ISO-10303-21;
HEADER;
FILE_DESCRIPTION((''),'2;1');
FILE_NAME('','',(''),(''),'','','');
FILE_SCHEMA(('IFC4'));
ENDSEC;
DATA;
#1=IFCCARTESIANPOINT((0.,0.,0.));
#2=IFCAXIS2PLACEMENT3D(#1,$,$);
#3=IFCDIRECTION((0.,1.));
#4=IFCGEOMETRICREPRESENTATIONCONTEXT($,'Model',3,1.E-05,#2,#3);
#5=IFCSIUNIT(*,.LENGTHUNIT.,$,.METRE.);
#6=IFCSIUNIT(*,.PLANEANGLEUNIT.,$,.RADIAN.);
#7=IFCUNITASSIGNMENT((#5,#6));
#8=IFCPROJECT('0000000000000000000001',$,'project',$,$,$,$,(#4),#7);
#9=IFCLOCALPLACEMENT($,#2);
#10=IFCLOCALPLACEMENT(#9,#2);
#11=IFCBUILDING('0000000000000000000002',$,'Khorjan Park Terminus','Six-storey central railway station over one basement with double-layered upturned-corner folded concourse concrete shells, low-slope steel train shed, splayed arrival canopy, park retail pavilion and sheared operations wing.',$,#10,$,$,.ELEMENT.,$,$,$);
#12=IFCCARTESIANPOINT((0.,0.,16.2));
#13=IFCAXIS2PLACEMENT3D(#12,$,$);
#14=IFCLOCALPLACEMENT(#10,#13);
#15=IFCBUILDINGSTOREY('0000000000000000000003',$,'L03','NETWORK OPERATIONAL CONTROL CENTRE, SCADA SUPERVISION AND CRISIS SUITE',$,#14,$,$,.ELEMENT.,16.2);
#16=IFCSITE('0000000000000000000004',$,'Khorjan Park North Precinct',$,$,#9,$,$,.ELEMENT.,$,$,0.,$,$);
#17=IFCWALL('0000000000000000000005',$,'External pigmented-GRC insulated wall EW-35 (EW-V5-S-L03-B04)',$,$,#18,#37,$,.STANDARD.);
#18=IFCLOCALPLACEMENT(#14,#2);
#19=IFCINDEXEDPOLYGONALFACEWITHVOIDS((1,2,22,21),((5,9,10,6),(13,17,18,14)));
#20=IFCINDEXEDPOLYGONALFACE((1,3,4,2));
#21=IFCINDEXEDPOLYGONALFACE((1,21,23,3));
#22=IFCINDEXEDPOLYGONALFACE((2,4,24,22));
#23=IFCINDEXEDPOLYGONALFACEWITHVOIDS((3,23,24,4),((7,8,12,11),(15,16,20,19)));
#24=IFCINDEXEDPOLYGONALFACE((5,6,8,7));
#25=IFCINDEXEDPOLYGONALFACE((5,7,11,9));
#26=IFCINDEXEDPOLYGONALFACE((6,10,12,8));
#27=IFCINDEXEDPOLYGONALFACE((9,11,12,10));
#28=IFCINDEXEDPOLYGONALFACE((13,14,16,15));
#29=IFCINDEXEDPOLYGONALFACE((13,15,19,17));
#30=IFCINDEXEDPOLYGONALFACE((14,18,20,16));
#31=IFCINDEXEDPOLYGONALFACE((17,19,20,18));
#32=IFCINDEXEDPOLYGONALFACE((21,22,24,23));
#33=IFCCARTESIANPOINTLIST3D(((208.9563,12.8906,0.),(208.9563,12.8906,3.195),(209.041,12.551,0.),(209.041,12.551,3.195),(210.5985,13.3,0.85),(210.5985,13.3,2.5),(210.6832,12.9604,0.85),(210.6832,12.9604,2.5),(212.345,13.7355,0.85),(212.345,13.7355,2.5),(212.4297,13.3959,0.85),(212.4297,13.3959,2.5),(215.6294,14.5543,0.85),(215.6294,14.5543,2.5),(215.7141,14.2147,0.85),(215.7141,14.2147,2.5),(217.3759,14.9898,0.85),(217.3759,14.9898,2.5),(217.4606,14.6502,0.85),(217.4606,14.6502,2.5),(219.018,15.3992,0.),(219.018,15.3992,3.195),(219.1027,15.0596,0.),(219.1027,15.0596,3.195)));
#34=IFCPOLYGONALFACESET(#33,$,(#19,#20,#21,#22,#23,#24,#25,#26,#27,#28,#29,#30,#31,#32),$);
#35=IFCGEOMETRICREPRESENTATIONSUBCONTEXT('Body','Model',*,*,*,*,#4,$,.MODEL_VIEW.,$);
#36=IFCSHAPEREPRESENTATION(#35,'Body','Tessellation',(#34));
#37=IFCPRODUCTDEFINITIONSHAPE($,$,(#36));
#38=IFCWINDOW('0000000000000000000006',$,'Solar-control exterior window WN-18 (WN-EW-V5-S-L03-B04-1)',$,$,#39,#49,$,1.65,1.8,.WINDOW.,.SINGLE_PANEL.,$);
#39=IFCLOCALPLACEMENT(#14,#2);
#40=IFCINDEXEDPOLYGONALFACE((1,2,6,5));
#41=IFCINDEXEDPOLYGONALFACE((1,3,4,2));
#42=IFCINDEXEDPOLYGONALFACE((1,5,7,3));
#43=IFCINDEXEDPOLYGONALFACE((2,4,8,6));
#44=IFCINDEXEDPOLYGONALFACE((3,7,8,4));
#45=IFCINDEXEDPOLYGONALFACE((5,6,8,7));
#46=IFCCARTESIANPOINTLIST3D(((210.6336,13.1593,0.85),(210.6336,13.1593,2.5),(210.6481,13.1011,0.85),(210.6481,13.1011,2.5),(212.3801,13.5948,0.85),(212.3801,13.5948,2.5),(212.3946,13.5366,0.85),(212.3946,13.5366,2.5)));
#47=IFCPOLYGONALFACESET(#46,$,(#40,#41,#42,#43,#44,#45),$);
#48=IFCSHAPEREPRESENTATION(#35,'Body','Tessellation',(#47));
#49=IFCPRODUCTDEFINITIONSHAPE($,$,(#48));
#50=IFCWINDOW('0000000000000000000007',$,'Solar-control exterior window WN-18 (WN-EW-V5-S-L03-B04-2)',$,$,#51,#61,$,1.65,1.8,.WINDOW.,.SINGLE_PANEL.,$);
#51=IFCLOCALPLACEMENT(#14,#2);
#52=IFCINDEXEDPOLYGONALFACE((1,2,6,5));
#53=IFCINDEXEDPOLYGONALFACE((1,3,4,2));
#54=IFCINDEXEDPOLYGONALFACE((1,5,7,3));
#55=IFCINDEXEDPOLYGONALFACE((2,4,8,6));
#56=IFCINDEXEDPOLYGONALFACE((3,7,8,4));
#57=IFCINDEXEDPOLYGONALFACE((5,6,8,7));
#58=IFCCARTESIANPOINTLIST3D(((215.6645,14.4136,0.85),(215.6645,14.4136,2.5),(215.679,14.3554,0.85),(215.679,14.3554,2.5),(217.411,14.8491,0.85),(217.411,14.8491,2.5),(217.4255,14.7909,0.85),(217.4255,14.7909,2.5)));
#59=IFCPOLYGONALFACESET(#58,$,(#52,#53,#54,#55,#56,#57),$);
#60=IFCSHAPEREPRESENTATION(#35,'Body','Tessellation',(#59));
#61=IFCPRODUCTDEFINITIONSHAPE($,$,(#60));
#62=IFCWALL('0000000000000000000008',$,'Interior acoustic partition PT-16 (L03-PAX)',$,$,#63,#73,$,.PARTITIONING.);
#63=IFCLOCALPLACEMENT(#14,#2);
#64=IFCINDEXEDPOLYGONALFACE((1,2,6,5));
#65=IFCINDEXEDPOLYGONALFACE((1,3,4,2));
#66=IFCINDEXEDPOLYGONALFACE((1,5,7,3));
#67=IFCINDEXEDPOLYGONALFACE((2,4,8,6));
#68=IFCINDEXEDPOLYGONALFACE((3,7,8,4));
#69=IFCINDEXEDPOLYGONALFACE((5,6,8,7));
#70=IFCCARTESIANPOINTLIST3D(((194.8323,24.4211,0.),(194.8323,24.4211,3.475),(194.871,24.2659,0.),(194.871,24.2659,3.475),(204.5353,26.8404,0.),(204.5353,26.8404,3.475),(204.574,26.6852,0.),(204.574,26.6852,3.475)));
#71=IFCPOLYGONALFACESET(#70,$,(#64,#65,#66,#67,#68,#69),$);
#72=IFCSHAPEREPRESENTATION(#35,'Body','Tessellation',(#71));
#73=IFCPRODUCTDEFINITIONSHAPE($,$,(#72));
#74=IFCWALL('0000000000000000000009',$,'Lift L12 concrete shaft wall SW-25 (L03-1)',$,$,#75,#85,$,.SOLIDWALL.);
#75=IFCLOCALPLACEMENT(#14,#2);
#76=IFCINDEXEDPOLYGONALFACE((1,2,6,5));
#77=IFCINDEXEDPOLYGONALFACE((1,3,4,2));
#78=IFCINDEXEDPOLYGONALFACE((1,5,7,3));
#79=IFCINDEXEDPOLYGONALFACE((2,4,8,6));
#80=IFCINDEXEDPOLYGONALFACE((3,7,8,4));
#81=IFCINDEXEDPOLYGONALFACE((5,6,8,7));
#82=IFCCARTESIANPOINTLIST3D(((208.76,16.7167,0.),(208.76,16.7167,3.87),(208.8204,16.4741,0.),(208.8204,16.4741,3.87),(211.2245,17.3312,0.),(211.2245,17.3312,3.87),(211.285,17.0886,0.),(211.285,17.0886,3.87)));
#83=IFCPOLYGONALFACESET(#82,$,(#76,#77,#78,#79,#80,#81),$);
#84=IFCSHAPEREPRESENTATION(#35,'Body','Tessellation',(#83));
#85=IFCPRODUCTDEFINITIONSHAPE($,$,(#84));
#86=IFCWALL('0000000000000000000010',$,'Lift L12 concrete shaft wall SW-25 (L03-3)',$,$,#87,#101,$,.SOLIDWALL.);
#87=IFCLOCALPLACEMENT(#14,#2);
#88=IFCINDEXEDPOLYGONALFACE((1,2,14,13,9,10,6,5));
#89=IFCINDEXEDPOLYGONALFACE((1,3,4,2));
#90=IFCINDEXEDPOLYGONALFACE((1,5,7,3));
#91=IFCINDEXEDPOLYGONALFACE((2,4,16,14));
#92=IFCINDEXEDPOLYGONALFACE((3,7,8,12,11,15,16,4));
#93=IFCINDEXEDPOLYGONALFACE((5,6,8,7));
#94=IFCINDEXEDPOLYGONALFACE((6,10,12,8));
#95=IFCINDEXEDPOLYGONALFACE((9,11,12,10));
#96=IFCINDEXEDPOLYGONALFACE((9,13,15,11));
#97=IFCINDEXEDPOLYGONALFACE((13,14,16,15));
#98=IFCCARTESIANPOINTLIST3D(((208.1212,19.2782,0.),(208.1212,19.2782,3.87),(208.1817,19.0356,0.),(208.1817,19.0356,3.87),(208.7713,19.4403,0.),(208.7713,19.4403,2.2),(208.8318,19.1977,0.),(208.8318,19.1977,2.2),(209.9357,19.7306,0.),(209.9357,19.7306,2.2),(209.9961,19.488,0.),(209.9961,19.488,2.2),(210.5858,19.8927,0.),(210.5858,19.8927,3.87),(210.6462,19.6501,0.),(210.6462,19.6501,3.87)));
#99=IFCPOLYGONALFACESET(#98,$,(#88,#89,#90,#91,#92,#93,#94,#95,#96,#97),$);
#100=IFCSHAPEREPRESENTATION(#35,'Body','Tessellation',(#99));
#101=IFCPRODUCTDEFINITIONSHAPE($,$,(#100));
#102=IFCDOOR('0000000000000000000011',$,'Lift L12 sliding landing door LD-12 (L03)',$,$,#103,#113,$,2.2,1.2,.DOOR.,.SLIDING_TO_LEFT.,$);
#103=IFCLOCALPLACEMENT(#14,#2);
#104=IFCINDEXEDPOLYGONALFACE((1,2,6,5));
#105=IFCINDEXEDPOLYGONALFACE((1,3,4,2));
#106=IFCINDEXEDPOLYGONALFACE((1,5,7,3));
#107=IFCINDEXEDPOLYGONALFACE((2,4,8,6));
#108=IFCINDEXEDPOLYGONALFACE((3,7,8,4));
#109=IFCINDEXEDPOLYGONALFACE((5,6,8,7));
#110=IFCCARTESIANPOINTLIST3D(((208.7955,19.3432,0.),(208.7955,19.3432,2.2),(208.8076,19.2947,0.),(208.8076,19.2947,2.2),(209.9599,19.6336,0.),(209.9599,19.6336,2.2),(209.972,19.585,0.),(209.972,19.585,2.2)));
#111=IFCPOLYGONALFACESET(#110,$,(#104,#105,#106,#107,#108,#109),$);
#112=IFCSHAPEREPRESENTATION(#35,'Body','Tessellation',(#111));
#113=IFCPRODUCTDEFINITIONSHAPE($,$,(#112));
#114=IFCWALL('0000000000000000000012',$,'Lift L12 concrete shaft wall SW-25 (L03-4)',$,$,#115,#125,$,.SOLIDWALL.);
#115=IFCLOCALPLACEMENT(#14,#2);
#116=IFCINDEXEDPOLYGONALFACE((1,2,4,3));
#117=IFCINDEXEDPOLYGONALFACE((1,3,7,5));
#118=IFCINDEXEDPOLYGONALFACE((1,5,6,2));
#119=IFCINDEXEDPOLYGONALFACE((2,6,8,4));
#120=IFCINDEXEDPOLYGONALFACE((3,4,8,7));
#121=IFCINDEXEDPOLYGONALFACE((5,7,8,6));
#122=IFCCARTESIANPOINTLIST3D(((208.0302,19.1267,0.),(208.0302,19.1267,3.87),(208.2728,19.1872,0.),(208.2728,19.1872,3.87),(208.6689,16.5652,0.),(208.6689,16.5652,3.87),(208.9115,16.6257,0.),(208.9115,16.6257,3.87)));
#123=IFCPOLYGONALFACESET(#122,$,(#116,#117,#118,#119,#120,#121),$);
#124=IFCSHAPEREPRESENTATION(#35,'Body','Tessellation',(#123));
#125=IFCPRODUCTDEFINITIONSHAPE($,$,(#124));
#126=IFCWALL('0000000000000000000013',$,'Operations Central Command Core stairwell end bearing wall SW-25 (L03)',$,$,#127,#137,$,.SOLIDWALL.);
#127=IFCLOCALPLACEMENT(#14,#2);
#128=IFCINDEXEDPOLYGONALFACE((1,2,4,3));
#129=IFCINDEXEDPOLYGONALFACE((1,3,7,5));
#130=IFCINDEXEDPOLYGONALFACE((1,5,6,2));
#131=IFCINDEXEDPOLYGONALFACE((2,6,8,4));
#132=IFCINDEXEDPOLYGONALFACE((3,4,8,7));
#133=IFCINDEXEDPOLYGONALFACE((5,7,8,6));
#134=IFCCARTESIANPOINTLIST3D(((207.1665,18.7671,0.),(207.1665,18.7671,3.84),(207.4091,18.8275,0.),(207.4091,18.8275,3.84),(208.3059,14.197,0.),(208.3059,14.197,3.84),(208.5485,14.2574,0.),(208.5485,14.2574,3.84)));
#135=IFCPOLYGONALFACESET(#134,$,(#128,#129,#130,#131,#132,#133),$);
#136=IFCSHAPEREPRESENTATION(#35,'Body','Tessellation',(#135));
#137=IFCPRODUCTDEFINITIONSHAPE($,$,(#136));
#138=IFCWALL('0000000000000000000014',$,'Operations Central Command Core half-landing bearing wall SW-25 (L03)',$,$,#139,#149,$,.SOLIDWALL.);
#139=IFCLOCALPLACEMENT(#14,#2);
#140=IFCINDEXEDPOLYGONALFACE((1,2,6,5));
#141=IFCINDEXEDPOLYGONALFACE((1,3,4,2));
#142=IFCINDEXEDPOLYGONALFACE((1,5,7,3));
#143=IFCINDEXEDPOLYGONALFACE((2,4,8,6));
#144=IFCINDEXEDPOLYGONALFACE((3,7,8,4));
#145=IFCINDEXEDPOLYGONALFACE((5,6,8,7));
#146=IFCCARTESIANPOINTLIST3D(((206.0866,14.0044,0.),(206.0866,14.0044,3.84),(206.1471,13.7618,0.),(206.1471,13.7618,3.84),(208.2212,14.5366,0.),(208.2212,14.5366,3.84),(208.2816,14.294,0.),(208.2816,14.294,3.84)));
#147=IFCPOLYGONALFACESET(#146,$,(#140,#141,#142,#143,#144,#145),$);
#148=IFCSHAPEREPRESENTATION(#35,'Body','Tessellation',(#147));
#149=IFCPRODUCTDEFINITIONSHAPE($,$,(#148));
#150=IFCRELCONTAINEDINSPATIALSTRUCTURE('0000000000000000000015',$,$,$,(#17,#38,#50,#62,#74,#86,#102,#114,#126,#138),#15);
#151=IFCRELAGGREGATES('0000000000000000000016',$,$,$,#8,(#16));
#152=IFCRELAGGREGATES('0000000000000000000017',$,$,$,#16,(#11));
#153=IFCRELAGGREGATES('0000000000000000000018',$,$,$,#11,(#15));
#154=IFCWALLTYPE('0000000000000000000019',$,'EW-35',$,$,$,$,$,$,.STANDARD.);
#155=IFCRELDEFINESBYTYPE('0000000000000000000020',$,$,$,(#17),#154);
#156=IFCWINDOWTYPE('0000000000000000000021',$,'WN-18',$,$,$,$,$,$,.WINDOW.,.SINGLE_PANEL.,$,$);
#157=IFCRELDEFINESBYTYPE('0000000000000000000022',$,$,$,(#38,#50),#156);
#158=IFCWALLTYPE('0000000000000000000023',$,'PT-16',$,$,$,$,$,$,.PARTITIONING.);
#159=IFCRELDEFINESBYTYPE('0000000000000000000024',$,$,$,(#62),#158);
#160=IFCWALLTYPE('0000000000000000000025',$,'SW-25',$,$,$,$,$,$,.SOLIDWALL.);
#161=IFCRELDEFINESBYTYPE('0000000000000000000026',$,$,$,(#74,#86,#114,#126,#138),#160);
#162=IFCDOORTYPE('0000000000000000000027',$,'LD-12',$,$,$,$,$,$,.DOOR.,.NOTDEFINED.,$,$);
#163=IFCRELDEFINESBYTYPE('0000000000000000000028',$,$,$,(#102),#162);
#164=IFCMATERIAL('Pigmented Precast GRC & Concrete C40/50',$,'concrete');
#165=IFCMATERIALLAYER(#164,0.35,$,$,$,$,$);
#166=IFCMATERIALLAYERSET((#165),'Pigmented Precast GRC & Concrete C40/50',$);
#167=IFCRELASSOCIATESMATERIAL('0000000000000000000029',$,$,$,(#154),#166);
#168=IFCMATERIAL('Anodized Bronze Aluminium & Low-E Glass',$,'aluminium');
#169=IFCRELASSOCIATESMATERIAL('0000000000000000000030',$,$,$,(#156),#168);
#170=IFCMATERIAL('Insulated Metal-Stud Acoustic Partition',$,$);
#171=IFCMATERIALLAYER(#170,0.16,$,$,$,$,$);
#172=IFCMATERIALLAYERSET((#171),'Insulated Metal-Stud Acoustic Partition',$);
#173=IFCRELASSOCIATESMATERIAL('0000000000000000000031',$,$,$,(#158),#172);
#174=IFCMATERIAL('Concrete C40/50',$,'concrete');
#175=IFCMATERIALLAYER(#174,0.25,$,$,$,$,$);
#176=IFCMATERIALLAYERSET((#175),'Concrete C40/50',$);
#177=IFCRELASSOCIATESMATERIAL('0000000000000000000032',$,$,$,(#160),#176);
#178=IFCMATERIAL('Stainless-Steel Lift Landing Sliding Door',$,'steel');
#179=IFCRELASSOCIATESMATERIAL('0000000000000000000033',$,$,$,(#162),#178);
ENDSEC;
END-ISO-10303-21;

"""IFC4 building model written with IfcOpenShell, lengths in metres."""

from ifc_helpers import new_model, si_unit, direction, frame, frame_2d, origin, place, context, subcontext, project, spatial, rectangle, extrude, material, layer, layer_set, type_object, element, fill, save


model = new_model("IFC4")

# Units and contexts
model_context = context("Model", 3, precision=1e-05, world=origin(), true_north=direction((0.0, 1.0)))
body_context = subcontext(model_context, "Body", "Model", "MODEL_VIEW")
ifc_project = project(units=[si_unit("LENGTHUNIT", "METRE"), si_unit("PLANEANGLEUNIT", "RADIAN")], contexts=[model_context])

# Site, building, storey
site_placement = place(None, origin())
site = spatial("IfcSite", under=ifc_project, at=site_placement, Name="Khorjan Park North Precinct", CompositionType="ELEMENT", RefElevation=0.0)
building_placement = place(site_placement, origin())
building = spatial("IfcBuilding", under=site, at=building_placement, Name="Khorjan Park Terminus", Description="Six-storey central railway station over one basement with double-layered upturned-corner folded concourse concrete shells, low-slope steel train shed, splayed arrival canopy, park retail pavilion and sheared operations wing.", CompositionType="ELEMENT")
storey_placement = place(building_placement, frame((0.0, 0.0, 16.2)))
storey = spatial("IfcBuildingStorey", under=building, at=storey_placement, Name="L03", Description="NETWORK OPERATIONAL CONTROL CENTRE, SCADA SUPERVISION AND CRISIS SUITE", CompositionType="ELEMENT", Elevation=16.2)

# Wall, openings, windows
ifc_material_1 = material(Name="Pigmented Precast GRC & Concrete C40/50", Category="concrete")
ifc_layer_1 = layer(ifc_material_1, 0.35)
ifc_layer_set_1 = layer_set([ifc_layer_1], Name="Pigmented Precast GRC & Concrete C40/50")
wall_type_1 = type_object("IfcWallType", Name="EW-35", PredefinedType="STANDARD", material=ifc_layer_set_1)
wall_1_placement = place(storey_placement, frame((208.9987, 12.7208, 0.0), z_axis=(0.0, 0.0, 1.0), x_axis=(0.970297, 0.241916, 0.0)))
wall_1 = element("IfcWall", 1, at=wall_1_placement, inside=storey, type_object=wall_type_1, Name="External pigmented-GRC insulated wall EW-35 (EW-V5-S-L03-B04)", PredefinedType="STANDARD", context=body_context, shape_type="SweptSolid", body=[
    extrude(rectangle(XDim=10.3697, YDim=0.35, at=frame_2d((5.1848, 0.0))), origin(), (0.0, 0.0, 1.0), 3.195),
])
opening_1_placement = place(wall_1_placement, frame((1.6924, 0.0, 0.85)))
opening_1 = element("IfcOpeningElement", 2, at=opening_1_placement, cuts=wall_1, PredefinedType="OPENING", context=body_context, shape_type="SweptSolid", body=[
    extrude(rectangle(XDim=1.8, YDim=1.65, at=frame_2d((0.9, 0.825))), frame((0.0, 0.185, 0.0), z_axis=(0.0, -1.0, 0.0), x_axis=(1.0, 0.0, 0.0)), (0.0, 0.0, 1.0), 0.37),
])
opening_2_placement = place(wall_1_placement, frame((6.8773, 0.0, 0.85)))
opening_2 = element("IfcOpeningElement", 3, at=opening_2_placement, cuts=wall_1, PredefinedType="OPENING", context=body_context, shape_type="SweptSolid", body=[
    extrude(rectangle(XDim=1.8, YDim=1.65, at=frame_2d((0.9, 0.825))), frame((0.0, 0.185, 0.0), z_axis=(0.0, -1.0, 0.0), x_axis=(1.0, 0.0, 0.0)), (0.0, 0.0, 1.0), 0.37),
])
ifc_material_2 = material(Name="Anodized Bronze Aluminium & Low-E Glass", Category="aluminium")
window_type = type_object("IfcWindowType", Name="WN-18", PartitioningType="SINGLE_PANEL", PredefinedType="WINDOW", material=ifc_material_2)
window_1_placement = place(opening_1_placement, origin())
window_1 = element("IfcWindow", 4, at=window_1_placement, inside=storey, type_object=window_type, Name="Solar-control exterior window WN-18 (WN-EW-V5-S-L03-B04-1)", OverallHeight=1.65, OverallWidth=1.8, PartitioningType="SINGLE_PANEL", PredefinedType="WINDOW", context=body_context, shape_type="SweptSolid", body=[
    extrude(rectangle(XDim=1.8, YDim=1.65, at=frame_2d((0.9, 0.825))), frame((0.0, 0.03, 0.0), z_axis=(0.0, -1.0, 0.0), x_axis=(1.0, 0.0, 0.0)), (0.0, 0.0, 1.0), 0.06),
])
fill(opening_1, window_1)
window_2_placement = place(opening_2_placement, origin())
window_2 = element("IfcWindow", 5, at=window_2_placement, inside=storey, type_object=window_type, Name="Solar-control exterior window WN-18 (WN-EW-V5-S-L03-B04-2)", OverallHeight=1.65, OverallWidth=1.8, PartitioningType="SINGLE_PANEL", PredefinedType="WINDOW", context=body_context, shape_type="SweptSolid", body=[
    extrude(rectangle(XDim=1.8, YDim=1.65, at=frame_2d((0.9, 0.825))), frame((0.0, 0.03, 0.0), z_axis=(0.0, -1.0, 0.0), x_axis=(1.0, 0.0, 0.0)), (0.0, 0.0, 1.0), 0.06),
])
fill(opening_2, window_2)

# Walls
ifc_material_3 = material(Name="Insulated Metal-Stud Acoustic Partition")
ifc_layer_2 = layer(ifc_material_3, 0.16)
ifc_layer_set_2 = layer_set([ifc_layer_2], Name="Insulated Metal-Stud Acoustic Partition")
wall_type_2 = type_object("IfcWallType", Name="PT-16", PredefinedType="PARTITIONING", material=ifc_layer_set_2)
wall_2_placement = place(storey_placement, frame((204.5546, 26.7628, 0.0), z_axis=(0.0, 0.0, 1.0), x_axis=(-0.970294, -0.241929, 0.0)))
element("IfcWall", 6, at=wall_2_placement, inside=storey, type_object=wall_type_2, Name="Interior acoustic partition PT-16 (L03-PAX)", PredefinedType="PARTITIONING", context=body_context, shape_type="SweptSolid", body=[
    extrude(rectangle(XDim=10.0001, YDim=0.16, at=frame_2d((5.0, 0.0))), origin(), (0.0, 0.0, 1.0), 3.475),
])
ifc_material_4 = material(Name="Concrete C40/50", Category="concrete")
ifc_layer_3 = layer(ifc_material_4, 0.25)
ifc_layer_set_3 = layer_set([ifc_layer_3], Name="Concrete C40/50")
wall_type_3 = type_object("IfcWallType", Name="SW-25", PredefinedType="SOLIDWALL", material=ifc_layer_set_3)
wall_3_placement = place(storey_placement, frame((208.7902, 16.5954, 0.0), z_axis=(0.0, 0.0, 1.0), x_axis=(0.970293, 0.241933, 0.0)))
element("IfcWall", 7, at=wall_3_placement, inside=storey, type_object=wall_type_3, Name="Lift L12 concrete shaft wall SW-25 (L03-1)", PredefinedType="SOLIDWALL", context=body_context, shape_type="SweptSolid", body=[
    extrude(rectangle(XDim=2.54, YDim=0.25, at=frame_2d((1.27, 0.0))), origin(), (0.0, 0.0, 1.0), 3.87),
])

# Wall, opening, door
wall_4_placement = place(storey_placement, frame((210.616, 19.7714, 0.0), z_axis=(0.0, 0.0, 1.0), x_axis=(-0.970293, -0.241933, 0.0)))
wall_4 = element("IfcWall", 8, at=wall_4_placement, inside=storey, type_object=wall_type_3, Name="Lift L12 concrete shaft wall SW-25 (L03-3)", PredefinedType="SOLIDWALL", context=body_context, shape_type="SweptSolid", body=[
    extrude(rectangle(XDim=2.54, YDim=0.25, at=frame_2d((1.27, 0.0))), origin(), (0.0, 0.0, 1.0), 3.87),
])
opening_3_placement = place(wall_4_placement, frame((0.67, 0.0, 0.0)))
opening_3 = element("IfcOpeningElement", 9, at=opening_3_placement, cuts=wall_4, PredefinedType="OPENING", context=body_context, shape_type="SweptSolid", body=[
    extrude(rectangle(XDim=1.2, YDim=2.2, at=frame_2d((0.6, 1.1))), frame((0.0, 0.135, 0.0), z_axis=(0.0, -1.0, 0.0), x_axis=(1.0, 0.0, 0.0)), (0.0, 0.0, 1.0), 0.27),
])
ifc_material_5 = material(Name="Stainless-Steel Lift Landing Sliding Door", Category="steel")
door_type = type_object("IfcDoorType", Name="LD-12", OperationType="NOTDEFINED", PredefinedType="DOOR", material=ifc_material_5)
door_placement = place(opening_3_placement, origin())
door = element("IfcDoor", 10, at=door_placement, inside=storey, type_object=door_type, Name="Lift L12 sliding landing door LD-12 (L03)", OperationType="SLIDING_TO_LEFT", OverallHeight=2.2, OverallWidth=1.2, PredefinedType="DOOR", context=body_context, shape_type="SweptSolid", body=[
    extrude(rectangle(XDim=1.2, YDim=2.2, at=frame_2d((0.6, 1.1))), frame((0.0, 0.025, 0.0), z_axis=(0.0, -1.0, 0.0), x_axis=(1.0, 0.0, 0.0)), (0.0, 0.0, 1.0), 0.05),
])
fill(opening_3, door)

# Walls
wall_5_placement = place(storey_placement, frame((208.1515, 19.1569, 0.0), z_axis=(0.0, 0.0, 1.0), x_axis=(0.241938, -0.970292, 0.0)))
element("IfcWall", 11, at=wall_5_placement, inside=storey, type_object=wall_type_3, Name="Lift L12 concrete shaft wall SW-25 (L03-4)", PredefinedType="SOLIDWALL", context=body_context, shape_type="SweptSolid", body=[
    extrude(rectangle(XDim=2.6399, YDim=0.25, at=frame_2d((1.3199, 0.0))), origin(), (0.0, 0.0, 1.0), 3.87),
])
wall_6_placement = place(storey_placement, frame((208.4272, 14.2272, 0.0), z_axis=(0.0, 0.0, 1.0), x_axis=(-0.241911, 0.970298, 0.0)))
element("IfcWall", 12, at=wall_6_placement, inside=storey, type_object=wall_type_3, Name="Operations Central Command Core stairwell end bearing wall SW-25 (L03)", PredefinedType="SOLIDWALL", context=body_context, shape_type="SweptSolid", body=[
    extrude(rectangle(XDim=4.71, YDim=0.25, at=frame_2d((2.355, 0.0))), origin(), (0.0, 0.0, 1.0), 3.84),
])
wall_7_placement = place(storey_placement, frame((206.1169, 13.8831, 0.0), z_axis=(0.0, 0.0, 1.0), x_axis=(0.970297, 0.241915, 0.0)))
element("IfcWall", 13, at=wall_7_placement, inside=storey, type_object=wall_type_3, Name="Operations Central Command Core half-landing bearing wall SW-25 (L03)", PredefinedType="SOLIDWALL", context=body_context, shape_type="SweptSolid", body=[
    extrude(rectangle(XDim=2.1999, YDim=0.25, at=frame_2d((1.0999, 0.0))), origin(), (0.0, 0.0, 1.0), 3.84),
])

save(model, "model.ifc")
